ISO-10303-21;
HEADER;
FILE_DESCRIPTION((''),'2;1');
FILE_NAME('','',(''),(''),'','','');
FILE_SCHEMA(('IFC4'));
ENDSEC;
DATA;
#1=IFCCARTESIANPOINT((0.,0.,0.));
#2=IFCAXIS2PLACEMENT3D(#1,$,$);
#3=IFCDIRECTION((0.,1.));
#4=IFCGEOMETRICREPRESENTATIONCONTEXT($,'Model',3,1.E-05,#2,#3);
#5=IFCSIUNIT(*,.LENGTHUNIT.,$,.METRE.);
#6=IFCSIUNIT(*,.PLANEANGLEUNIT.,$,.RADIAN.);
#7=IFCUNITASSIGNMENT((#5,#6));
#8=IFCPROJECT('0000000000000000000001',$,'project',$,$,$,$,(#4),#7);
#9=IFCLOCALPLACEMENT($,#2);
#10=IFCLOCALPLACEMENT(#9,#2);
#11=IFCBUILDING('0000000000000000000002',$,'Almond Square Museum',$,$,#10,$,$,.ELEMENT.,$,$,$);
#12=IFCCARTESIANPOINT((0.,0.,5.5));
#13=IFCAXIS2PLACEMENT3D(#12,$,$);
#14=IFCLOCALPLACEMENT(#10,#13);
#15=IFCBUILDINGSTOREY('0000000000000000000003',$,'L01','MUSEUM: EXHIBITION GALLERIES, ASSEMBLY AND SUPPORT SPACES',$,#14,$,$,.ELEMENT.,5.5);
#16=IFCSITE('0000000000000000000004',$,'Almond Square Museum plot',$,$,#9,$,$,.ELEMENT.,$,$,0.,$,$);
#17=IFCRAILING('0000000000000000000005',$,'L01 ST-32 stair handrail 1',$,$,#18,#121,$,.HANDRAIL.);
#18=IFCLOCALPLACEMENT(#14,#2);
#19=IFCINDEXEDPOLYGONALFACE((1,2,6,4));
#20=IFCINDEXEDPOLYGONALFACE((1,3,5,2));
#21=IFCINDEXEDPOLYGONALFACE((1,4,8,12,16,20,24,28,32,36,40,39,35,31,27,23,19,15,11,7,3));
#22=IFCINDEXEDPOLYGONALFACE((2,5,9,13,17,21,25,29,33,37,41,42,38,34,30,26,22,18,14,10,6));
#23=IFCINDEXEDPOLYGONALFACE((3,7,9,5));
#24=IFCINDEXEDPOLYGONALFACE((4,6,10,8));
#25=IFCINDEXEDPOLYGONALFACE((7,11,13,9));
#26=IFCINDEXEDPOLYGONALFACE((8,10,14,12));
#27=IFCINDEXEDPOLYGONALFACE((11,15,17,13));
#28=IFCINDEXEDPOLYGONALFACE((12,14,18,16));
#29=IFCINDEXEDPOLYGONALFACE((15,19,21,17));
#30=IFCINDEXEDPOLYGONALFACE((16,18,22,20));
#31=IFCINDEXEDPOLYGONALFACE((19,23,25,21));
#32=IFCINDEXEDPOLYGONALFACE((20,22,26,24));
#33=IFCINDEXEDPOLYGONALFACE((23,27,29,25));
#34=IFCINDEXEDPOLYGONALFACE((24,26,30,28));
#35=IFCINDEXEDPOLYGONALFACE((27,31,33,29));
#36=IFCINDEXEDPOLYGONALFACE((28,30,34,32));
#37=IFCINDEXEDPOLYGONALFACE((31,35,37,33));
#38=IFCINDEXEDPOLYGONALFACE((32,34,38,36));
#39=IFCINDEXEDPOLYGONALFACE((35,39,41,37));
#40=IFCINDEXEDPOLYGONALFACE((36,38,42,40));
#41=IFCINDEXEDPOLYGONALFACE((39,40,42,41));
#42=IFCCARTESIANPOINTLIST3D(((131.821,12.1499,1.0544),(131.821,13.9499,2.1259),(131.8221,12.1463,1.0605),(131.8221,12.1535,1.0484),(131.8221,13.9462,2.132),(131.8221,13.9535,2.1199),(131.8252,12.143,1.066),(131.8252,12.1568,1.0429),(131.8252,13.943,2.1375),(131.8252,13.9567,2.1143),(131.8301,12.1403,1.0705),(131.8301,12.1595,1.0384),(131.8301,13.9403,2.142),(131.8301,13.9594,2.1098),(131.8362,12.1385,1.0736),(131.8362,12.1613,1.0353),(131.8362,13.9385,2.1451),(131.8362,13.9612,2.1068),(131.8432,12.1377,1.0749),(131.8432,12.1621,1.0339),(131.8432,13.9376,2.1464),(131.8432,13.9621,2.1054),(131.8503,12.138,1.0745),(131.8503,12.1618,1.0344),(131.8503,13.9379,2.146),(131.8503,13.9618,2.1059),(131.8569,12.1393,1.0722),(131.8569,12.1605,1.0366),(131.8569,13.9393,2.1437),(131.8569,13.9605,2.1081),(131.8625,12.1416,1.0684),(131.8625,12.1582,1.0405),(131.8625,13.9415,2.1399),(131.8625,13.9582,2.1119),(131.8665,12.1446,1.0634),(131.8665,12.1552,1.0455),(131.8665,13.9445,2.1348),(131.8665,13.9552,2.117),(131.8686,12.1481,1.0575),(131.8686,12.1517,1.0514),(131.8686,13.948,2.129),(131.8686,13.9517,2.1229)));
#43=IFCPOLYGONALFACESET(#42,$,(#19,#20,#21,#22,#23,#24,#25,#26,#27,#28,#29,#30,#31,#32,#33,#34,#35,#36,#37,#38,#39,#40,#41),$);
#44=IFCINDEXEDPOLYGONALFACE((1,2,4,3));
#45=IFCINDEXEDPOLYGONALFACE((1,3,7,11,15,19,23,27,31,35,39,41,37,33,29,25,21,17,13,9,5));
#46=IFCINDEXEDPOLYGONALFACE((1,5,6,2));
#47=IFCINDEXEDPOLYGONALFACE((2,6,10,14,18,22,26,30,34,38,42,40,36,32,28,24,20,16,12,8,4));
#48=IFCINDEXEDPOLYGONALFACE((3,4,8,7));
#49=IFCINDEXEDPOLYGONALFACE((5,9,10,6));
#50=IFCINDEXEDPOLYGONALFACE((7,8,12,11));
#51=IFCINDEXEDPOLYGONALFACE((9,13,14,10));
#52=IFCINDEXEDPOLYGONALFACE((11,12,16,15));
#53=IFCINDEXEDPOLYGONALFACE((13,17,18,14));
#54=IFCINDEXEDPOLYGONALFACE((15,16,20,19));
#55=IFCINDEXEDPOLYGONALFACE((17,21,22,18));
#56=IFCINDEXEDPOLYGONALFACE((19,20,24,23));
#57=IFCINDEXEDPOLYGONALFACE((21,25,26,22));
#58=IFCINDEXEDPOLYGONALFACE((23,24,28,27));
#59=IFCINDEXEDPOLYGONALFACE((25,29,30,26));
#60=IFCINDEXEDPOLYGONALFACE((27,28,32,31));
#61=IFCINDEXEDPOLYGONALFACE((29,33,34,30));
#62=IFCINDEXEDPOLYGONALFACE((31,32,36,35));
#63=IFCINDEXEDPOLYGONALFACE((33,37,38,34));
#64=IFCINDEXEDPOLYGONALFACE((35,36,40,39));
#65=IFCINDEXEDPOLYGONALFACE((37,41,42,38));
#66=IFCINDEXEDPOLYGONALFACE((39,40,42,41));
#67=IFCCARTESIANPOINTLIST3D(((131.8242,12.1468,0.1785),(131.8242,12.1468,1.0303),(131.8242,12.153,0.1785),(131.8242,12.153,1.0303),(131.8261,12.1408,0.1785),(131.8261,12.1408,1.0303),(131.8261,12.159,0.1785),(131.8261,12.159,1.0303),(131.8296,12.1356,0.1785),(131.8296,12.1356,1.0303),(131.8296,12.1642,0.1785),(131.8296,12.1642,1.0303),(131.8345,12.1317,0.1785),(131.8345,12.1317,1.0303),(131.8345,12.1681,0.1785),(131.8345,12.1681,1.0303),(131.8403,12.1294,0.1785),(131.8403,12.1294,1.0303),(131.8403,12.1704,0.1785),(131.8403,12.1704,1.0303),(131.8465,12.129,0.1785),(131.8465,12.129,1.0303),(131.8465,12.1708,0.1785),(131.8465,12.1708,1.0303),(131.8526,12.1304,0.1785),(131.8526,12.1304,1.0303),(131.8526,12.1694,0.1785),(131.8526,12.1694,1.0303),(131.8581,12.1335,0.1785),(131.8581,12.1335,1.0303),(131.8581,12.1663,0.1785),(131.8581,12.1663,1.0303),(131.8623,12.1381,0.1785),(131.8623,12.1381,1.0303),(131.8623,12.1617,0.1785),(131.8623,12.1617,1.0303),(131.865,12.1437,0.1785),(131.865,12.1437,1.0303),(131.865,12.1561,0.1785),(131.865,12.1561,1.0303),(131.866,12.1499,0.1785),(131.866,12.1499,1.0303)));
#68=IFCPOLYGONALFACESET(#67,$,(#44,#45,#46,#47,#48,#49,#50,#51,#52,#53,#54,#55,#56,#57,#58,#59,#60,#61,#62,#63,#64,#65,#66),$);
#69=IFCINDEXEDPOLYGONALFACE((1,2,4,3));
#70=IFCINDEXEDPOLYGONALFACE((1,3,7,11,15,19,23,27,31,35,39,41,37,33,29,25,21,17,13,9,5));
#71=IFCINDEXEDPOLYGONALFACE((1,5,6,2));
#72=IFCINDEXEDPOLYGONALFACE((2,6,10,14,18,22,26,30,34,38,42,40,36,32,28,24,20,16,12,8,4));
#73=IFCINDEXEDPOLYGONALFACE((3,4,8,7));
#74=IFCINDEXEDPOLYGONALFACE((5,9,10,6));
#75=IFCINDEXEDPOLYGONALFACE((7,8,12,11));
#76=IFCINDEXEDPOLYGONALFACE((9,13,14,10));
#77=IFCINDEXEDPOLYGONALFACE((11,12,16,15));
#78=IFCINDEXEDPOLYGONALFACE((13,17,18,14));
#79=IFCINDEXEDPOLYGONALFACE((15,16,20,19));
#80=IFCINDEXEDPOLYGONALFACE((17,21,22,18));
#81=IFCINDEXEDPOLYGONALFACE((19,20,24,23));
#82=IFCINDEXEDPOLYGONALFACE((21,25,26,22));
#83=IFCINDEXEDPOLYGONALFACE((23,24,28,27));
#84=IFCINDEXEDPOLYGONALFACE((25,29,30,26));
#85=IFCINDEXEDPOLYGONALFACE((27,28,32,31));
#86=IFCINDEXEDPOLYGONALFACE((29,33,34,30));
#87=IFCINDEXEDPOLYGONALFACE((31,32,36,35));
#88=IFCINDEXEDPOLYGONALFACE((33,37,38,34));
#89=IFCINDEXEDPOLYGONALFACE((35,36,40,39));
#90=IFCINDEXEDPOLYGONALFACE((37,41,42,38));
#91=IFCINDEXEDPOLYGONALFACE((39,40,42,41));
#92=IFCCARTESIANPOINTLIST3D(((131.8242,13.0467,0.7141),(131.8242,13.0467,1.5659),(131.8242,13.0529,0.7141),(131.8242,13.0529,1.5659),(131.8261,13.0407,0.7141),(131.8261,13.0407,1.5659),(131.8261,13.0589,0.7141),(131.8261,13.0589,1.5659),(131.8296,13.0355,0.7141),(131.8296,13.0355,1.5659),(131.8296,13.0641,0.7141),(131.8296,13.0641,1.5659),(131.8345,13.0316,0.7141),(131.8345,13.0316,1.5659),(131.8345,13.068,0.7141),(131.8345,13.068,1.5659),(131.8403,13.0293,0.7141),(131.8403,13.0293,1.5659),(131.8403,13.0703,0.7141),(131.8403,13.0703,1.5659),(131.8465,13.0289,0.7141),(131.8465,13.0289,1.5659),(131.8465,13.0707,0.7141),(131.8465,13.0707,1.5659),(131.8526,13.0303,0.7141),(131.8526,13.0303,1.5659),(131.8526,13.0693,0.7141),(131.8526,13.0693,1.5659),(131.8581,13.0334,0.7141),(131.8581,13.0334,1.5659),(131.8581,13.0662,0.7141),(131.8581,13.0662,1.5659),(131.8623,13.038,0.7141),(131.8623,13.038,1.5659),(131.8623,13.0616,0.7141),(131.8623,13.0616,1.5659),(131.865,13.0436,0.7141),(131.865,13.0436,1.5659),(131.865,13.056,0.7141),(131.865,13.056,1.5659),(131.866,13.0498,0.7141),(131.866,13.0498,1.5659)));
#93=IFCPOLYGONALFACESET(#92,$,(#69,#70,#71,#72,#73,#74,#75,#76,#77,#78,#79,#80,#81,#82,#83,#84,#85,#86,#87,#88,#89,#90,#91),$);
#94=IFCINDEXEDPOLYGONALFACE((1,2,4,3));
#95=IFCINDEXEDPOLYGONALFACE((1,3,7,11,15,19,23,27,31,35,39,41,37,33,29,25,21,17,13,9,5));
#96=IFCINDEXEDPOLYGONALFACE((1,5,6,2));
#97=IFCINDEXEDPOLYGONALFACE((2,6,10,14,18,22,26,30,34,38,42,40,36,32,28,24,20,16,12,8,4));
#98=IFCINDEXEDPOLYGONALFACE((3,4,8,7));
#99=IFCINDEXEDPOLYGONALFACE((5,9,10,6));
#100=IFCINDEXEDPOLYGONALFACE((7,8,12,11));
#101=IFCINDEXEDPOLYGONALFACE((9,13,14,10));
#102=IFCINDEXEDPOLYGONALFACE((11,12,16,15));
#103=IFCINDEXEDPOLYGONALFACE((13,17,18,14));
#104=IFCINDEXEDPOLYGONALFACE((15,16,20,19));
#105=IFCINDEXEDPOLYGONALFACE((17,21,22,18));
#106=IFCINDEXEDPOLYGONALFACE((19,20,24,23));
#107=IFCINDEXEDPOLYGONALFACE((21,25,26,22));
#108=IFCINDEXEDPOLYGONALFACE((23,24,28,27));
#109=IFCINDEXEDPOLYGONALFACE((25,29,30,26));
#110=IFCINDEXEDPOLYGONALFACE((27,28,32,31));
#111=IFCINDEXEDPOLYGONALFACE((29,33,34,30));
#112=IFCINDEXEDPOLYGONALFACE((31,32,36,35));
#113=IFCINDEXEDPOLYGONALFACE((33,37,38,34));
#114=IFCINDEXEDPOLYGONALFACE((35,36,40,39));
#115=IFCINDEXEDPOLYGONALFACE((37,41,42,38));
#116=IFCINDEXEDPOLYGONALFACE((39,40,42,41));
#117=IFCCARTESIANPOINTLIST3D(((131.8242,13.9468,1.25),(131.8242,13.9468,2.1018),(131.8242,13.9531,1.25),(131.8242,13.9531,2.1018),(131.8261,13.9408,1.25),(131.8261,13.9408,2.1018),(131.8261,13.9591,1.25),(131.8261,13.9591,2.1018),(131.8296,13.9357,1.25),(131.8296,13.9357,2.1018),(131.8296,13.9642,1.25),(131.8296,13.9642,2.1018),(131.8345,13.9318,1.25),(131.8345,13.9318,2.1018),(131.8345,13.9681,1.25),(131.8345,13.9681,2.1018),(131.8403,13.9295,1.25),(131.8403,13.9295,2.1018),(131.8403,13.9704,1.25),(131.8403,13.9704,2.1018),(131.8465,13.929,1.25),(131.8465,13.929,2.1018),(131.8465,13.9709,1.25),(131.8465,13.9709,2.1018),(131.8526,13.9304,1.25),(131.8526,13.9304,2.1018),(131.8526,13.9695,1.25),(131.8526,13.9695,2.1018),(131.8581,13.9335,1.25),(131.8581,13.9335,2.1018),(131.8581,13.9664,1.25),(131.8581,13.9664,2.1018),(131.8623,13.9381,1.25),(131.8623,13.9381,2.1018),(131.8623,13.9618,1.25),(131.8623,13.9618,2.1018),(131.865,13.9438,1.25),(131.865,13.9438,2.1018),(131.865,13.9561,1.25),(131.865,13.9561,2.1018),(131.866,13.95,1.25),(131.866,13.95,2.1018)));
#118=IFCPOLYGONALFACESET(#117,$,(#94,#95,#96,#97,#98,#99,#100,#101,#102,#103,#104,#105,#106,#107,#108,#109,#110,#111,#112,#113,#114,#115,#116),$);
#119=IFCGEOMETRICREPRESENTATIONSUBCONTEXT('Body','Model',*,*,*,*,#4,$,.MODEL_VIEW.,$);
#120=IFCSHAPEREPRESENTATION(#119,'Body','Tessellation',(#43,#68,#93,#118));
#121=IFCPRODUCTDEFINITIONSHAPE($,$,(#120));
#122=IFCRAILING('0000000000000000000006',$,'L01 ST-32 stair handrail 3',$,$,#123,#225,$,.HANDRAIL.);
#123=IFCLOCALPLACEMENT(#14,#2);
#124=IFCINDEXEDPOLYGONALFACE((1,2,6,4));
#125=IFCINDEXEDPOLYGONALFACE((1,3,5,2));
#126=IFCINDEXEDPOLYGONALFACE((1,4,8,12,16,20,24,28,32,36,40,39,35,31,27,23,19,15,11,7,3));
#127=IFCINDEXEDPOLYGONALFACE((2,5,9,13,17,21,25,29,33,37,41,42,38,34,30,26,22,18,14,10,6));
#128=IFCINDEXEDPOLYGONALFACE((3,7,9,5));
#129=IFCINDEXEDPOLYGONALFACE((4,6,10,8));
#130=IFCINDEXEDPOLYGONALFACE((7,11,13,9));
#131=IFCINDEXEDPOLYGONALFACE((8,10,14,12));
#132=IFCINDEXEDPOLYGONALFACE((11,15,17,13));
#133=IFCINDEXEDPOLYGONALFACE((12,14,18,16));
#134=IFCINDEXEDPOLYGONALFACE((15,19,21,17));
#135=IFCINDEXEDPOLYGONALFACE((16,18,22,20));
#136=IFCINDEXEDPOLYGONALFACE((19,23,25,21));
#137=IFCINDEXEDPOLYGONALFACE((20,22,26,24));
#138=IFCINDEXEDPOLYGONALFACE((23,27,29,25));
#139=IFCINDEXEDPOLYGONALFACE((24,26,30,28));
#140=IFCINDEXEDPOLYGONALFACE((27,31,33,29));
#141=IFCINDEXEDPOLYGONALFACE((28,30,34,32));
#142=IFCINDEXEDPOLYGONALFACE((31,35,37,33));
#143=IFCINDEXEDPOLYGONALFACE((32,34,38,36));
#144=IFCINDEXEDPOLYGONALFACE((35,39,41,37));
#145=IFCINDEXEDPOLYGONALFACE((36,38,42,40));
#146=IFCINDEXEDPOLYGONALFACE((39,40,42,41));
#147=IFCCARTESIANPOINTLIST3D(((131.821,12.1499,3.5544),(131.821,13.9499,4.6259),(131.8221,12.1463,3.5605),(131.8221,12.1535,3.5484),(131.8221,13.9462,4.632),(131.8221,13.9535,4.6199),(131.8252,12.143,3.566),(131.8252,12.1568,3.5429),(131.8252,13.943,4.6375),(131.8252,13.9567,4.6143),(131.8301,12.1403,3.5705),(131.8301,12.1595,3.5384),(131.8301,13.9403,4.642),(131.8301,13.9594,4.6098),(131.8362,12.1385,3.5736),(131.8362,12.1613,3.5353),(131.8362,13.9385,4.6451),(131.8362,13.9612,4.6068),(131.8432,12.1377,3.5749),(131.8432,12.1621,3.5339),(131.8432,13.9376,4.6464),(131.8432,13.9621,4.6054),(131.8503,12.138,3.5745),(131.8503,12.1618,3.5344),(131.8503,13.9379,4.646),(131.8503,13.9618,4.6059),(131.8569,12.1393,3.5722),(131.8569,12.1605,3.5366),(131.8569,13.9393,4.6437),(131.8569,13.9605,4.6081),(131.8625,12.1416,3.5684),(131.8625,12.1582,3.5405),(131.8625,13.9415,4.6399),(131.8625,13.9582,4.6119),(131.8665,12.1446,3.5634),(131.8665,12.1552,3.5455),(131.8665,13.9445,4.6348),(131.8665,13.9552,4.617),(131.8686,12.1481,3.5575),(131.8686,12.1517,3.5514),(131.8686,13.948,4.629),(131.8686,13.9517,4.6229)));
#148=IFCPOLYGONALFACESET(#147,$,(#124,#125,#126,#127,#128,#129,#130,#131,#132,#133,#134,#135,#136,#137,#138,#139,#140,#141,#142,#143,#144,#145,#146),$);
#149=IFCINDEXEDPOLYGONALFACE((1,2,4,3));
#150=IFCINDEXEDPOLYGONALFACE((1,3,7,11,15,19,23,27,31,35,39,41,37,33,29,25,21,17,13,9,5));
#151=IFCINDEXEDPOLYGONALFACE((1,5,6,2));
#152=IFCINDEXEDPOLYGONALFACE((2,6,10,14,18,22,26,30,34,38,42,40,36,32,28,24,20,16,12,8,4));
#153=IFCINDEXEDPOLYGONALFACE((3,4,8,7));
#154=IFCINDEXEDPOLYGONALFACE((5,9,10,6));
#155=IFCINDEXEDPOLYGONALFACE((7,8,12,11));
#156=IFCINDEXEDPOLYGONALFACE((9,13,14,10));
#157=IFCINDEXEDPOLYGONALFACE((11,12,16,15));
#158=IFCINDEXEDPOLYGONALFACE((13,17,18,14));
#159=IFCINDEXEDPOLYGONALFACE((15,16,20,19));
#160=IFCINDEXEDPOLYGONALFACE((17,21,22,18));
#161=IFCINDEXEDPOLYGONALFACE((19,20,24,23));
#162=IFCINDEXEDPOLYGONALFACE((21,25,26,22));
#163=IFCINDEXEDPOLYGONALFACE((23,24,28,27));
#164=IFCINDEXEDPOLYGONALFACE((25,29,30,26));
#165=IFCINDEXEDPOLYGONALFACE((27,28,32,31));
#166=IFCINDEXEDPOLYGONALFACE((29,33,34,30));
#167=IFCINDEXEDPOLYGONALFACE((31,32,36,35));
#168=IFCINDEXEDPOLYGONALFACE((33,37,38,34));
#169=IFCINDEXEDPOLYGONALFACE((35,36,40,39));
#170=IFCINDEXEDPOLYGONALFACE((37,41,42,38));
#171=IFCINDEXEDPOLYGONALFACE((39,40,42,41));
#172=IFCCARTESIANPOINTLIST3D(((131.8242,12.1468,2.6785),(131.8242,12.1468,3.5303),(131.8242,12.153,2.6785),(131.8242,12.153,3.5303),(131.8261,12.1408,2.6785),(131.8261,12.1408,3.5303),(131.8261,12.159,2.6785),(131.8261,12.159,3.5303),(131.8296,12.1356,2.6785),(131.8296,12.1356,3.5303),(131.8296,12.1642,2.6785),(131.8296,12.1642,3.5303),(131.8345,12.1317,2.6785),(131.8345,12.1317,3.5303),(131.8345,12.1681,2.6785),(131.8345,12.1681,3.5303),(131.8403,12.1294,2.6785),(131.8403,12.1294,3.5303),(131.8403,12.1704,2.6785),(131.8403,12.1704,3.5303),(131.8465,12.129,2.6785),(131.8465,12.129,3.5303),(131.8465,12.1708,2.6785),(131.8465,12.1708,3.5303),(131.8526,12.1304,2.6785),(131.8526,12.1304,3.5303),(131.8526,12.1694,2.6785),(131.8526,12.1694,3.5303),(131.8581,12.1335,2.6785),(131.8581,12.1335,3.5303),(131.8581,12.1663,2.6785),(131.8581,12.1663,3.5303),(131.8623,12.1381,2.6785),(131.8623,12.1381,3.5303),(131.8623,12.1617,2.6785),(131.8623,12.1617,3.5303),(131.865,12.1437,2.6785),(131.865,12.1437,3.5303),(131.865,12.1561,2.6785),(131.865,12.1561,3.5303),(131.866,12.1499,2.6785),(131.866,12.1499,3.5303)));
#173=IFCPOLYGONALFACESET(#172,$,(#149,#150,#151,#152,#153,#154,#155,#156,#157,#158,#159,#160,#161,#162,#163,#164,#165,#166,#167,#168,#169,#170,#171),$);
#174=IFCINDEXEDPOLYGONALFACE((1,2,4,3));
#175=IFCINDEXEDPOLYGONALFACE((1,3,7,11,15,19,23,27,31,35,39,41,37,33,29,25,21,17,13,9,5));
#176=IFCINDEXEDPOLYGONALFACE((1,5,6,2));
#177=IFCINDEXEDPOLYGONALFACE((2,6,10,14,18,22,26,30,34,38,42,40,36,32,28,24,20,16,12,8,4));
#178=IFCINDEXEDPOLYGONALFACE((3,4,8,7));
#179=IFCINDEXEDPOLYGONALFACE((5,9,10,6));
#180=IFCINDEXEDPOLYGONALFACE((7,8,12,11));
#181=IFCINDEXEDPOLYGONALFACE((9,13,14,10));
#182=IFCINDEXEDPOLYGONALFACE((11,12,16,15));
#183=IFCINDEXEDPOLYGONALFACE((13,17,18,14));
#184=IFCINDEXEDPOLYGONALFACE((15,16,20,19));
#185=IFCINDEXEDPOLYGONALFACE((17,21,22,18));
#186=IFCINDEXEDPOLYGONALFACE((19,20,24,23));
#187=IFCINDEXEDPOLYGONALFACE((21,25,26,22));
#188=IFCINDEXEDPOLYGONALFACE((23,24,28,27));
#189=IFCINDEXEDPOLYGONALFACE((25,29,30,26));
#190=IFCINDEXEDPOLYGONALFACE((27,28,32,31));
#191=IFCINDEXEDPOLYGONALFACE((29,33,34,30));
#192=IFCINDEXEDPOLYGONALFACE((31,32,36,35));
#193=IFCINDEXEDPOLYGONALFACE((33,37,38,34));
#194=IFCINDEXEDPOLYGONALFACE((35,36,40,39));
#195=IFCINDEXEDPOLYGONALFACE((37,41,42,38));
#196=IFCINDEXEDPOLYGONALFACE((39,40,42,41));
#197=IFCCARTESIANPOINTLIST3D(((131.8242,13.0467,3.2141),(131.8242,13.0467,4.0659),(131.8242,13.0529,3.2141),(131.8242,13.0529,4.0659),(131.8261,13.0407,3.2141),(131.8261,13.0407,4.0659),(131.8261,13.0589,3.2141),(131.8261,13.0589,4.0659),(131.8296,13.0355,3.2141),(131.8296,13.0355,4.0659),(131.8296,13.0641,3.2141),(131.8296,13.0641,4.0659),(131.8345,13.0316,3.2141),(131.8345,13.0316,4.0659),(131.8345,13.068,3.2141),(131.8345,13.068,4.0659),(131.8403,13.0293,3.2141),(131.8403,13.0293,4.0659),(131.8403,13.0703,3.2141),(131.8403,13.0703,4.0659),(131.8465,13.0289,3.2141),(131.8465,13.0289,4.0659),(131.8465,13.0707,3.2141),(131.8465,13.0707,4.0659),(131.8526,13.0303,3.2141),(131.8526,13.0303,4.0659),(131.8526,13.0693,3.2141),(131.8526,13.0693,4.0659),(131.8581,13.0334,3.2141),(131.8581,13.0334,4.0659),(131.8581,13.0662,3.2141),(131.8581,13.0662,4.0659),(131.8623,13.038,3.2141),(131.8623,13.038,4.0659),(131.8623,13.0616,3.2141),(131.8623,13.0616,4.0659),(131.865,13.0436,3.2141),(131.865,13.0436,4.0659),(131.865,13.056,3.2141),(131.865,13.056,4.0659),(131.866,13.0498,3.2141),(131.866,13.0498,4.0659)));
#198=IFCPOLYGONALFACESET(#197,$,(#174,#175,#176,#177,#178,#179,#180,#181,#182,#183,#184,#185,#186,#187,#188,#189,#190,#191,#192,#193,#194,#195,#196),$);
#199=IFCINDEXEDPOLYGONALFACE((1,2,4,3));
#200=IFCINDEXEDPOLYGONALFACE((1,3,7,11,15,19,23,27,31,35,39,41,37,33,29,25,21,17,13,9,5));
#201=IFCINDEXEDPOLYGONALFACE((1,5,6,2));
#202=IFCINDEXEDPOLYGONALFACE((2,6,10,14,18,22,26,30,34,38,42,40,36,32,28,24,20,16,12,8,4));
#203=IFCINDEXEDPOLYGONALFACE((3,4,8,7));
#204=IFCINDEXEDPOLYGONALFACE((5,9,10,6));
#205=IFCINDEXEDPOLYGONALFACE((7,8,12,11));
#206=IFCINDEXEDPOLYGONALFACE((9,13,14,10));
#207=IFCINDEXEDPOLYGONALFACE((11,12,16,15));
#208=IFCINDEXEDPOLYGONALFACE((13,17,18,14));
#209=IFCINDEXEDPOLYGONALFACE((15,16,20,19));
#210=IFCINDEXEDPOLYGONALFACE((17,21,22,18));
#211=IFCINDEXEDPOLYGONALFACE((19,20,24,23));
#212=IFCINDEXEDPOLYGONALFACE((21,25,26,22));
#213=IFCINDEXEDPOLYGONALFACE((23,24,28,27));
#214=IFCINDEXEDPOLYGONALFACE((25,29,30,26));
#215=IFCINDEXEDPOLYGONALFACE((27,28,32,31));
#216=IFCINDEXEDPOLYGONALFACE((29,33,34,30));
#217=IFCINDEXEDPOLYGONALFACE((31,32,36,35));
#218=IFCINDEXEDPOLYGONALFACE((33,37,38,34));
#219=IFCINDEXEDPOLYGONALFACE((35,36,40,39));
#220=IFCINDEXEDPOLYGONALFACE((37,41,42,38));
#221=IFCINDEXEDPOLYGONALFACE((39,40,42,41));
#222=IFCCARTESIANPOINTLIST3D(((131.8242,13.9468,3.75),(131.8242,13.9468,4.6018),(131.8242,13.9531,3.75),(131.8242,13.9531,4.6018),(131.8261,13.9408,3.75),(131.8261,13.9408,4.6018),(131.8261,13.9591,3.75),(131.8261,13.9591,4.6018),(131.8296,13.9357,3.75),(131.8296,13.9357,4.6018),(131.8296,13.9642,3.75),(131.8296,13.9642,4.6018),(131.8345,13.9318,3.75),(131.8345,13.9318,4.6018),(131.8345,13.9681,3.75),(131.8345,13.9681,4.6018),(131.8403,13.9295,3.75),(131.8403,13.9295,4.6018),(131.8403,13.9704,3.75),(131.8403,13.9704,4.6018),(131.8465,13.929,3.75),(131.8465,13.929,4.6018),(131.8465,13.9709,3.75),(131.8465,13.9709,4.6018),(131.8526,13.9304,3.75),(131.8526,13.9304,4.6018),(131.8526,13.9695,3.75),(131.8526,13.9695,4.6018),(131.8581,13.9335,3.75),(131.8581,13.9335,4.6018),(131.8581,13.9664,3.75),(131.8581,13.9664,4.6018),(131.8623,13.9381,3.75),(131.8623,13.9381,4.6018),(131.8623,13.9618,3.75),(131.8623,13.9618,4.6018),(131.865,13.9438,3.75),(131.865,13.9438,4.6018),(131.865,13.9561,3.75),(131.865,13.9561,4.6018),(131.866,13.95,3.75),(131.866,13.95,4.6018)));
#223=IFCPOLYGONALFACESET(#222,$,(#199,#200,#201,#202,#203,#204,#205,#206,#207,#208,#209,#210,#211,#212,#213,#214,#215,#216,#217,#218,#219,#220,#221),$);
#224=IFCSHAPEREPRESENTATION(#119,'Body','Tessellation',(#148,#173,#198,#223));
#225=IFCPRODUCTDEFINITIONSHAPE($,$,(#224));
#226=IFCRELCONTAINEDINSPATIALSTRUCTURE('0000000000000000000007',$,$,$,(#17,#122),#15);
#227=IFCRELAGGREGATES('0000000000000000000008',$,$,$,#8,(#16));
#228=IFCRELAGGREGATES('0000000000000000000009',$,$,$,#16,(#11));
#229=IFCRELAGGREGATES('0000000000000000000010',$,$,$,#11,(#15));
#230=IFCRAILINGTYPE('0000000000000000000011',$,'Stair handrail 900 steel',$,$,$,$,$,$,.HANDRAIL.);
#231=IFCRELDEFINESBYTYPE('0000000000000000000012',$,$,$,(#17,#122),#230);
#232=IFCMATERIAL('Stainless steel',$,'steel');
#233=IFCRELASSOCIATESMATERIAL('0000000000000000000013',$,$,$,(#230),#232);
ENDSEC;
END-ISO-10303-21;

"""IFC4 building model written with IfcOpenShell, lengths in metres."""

from ifc_helpers import new_model, si_unit, direction, frame, origin, origin_2d, place, context, subcontext, project, spatial, circle, extrude, material, type_object, element, save


model = new_model("IFC4")

# Units and contexts
model_context = context("Model", 3, precision=1e-05, world=origin(), true_north=direction((0.0, 1.0)))
body_context = subcontext(model_context, "Body", "Model", "MODEL_VIEW")
ifc_project = project(units=[si_unit("LENGTHUNIT", "METRE"), si_unit("PLANEANGLEUNIT", "RADIAN")], contexts=[model_context])

# Site, building, storey
site_placement = place(None, origin())
site = spatial("IfcSite", under=ifc_project, at=site_placement, Name="Almond Square Museum plot", CompositionType="ELEMENT", RefElevation=0.0)
building_placement = place(site_placement, origin())
building = spatial("IfcBuilding", under=site, at=building_placement, Name="Almond Square Museum", CompositionType="ELEMENT")
storey_placement = place(building_placement, frame((0.0, 0.0, 5.5)))
storey = spatial("IfcBuildingStorey", under=building, at=storey_placement, Name="L01", Description="MUSEUM: EXHIBITION GALLERIES, ASSEMBLY AND SUPPORT SPACES", CompositionType="ELEMENT", Elevation=5.5)

# Railings
ifc_material_1 = material(Name="Stainless steel", Category="steel")
railing_type = type_object("IfcRailingType", Name="Stair handrail 900 steel", PredefinedType="HANDRAIL", material=ifc_material_1)
for number, where, name in (
    (1, (131.845, 12.1499, 0.1785), "L01 ST-32 stair handrail 1"),
    (2, (131.845, 12.1499, 2.6785), "L01 ST-32 stair handrail 3"),
):
    element("IfcRailing", number, at=place(storey_placement, frame(where)), inside=storey, type_object=railing_type, Name=name, PredefinedType="HANDRAIL", context=body_context, shape_type="SweptSolid", body=[
        extrude(circle(Radius=0.0239, at=origin_2d()), frame((0.0, 0.0, 0.876), z_axis=(0.0, 0.859277, 0.51151), x_axis=(-1.0, 0.0, 0.0)), (0.0, 0.0, 1.0), 2.0947),
        extrude(circle(Radius=0.021, at=origin_2d()), origin(), (0.0, 0.0, 1.0), 0.8518),
        extrude(circle(Radius=0.021, at=origin_2d()), frame((0.0, 0.8999, 0.5356)), (0.0, 0.0, 1.0), 0.8518),
        extrude(circle(Radius=0.021, at=origin_2d()), frame((0.0, 1.8, 1.0715)), (0.0, 0.0, 1.0), 0.8518),
    ])

save(model, "model.ifc")
